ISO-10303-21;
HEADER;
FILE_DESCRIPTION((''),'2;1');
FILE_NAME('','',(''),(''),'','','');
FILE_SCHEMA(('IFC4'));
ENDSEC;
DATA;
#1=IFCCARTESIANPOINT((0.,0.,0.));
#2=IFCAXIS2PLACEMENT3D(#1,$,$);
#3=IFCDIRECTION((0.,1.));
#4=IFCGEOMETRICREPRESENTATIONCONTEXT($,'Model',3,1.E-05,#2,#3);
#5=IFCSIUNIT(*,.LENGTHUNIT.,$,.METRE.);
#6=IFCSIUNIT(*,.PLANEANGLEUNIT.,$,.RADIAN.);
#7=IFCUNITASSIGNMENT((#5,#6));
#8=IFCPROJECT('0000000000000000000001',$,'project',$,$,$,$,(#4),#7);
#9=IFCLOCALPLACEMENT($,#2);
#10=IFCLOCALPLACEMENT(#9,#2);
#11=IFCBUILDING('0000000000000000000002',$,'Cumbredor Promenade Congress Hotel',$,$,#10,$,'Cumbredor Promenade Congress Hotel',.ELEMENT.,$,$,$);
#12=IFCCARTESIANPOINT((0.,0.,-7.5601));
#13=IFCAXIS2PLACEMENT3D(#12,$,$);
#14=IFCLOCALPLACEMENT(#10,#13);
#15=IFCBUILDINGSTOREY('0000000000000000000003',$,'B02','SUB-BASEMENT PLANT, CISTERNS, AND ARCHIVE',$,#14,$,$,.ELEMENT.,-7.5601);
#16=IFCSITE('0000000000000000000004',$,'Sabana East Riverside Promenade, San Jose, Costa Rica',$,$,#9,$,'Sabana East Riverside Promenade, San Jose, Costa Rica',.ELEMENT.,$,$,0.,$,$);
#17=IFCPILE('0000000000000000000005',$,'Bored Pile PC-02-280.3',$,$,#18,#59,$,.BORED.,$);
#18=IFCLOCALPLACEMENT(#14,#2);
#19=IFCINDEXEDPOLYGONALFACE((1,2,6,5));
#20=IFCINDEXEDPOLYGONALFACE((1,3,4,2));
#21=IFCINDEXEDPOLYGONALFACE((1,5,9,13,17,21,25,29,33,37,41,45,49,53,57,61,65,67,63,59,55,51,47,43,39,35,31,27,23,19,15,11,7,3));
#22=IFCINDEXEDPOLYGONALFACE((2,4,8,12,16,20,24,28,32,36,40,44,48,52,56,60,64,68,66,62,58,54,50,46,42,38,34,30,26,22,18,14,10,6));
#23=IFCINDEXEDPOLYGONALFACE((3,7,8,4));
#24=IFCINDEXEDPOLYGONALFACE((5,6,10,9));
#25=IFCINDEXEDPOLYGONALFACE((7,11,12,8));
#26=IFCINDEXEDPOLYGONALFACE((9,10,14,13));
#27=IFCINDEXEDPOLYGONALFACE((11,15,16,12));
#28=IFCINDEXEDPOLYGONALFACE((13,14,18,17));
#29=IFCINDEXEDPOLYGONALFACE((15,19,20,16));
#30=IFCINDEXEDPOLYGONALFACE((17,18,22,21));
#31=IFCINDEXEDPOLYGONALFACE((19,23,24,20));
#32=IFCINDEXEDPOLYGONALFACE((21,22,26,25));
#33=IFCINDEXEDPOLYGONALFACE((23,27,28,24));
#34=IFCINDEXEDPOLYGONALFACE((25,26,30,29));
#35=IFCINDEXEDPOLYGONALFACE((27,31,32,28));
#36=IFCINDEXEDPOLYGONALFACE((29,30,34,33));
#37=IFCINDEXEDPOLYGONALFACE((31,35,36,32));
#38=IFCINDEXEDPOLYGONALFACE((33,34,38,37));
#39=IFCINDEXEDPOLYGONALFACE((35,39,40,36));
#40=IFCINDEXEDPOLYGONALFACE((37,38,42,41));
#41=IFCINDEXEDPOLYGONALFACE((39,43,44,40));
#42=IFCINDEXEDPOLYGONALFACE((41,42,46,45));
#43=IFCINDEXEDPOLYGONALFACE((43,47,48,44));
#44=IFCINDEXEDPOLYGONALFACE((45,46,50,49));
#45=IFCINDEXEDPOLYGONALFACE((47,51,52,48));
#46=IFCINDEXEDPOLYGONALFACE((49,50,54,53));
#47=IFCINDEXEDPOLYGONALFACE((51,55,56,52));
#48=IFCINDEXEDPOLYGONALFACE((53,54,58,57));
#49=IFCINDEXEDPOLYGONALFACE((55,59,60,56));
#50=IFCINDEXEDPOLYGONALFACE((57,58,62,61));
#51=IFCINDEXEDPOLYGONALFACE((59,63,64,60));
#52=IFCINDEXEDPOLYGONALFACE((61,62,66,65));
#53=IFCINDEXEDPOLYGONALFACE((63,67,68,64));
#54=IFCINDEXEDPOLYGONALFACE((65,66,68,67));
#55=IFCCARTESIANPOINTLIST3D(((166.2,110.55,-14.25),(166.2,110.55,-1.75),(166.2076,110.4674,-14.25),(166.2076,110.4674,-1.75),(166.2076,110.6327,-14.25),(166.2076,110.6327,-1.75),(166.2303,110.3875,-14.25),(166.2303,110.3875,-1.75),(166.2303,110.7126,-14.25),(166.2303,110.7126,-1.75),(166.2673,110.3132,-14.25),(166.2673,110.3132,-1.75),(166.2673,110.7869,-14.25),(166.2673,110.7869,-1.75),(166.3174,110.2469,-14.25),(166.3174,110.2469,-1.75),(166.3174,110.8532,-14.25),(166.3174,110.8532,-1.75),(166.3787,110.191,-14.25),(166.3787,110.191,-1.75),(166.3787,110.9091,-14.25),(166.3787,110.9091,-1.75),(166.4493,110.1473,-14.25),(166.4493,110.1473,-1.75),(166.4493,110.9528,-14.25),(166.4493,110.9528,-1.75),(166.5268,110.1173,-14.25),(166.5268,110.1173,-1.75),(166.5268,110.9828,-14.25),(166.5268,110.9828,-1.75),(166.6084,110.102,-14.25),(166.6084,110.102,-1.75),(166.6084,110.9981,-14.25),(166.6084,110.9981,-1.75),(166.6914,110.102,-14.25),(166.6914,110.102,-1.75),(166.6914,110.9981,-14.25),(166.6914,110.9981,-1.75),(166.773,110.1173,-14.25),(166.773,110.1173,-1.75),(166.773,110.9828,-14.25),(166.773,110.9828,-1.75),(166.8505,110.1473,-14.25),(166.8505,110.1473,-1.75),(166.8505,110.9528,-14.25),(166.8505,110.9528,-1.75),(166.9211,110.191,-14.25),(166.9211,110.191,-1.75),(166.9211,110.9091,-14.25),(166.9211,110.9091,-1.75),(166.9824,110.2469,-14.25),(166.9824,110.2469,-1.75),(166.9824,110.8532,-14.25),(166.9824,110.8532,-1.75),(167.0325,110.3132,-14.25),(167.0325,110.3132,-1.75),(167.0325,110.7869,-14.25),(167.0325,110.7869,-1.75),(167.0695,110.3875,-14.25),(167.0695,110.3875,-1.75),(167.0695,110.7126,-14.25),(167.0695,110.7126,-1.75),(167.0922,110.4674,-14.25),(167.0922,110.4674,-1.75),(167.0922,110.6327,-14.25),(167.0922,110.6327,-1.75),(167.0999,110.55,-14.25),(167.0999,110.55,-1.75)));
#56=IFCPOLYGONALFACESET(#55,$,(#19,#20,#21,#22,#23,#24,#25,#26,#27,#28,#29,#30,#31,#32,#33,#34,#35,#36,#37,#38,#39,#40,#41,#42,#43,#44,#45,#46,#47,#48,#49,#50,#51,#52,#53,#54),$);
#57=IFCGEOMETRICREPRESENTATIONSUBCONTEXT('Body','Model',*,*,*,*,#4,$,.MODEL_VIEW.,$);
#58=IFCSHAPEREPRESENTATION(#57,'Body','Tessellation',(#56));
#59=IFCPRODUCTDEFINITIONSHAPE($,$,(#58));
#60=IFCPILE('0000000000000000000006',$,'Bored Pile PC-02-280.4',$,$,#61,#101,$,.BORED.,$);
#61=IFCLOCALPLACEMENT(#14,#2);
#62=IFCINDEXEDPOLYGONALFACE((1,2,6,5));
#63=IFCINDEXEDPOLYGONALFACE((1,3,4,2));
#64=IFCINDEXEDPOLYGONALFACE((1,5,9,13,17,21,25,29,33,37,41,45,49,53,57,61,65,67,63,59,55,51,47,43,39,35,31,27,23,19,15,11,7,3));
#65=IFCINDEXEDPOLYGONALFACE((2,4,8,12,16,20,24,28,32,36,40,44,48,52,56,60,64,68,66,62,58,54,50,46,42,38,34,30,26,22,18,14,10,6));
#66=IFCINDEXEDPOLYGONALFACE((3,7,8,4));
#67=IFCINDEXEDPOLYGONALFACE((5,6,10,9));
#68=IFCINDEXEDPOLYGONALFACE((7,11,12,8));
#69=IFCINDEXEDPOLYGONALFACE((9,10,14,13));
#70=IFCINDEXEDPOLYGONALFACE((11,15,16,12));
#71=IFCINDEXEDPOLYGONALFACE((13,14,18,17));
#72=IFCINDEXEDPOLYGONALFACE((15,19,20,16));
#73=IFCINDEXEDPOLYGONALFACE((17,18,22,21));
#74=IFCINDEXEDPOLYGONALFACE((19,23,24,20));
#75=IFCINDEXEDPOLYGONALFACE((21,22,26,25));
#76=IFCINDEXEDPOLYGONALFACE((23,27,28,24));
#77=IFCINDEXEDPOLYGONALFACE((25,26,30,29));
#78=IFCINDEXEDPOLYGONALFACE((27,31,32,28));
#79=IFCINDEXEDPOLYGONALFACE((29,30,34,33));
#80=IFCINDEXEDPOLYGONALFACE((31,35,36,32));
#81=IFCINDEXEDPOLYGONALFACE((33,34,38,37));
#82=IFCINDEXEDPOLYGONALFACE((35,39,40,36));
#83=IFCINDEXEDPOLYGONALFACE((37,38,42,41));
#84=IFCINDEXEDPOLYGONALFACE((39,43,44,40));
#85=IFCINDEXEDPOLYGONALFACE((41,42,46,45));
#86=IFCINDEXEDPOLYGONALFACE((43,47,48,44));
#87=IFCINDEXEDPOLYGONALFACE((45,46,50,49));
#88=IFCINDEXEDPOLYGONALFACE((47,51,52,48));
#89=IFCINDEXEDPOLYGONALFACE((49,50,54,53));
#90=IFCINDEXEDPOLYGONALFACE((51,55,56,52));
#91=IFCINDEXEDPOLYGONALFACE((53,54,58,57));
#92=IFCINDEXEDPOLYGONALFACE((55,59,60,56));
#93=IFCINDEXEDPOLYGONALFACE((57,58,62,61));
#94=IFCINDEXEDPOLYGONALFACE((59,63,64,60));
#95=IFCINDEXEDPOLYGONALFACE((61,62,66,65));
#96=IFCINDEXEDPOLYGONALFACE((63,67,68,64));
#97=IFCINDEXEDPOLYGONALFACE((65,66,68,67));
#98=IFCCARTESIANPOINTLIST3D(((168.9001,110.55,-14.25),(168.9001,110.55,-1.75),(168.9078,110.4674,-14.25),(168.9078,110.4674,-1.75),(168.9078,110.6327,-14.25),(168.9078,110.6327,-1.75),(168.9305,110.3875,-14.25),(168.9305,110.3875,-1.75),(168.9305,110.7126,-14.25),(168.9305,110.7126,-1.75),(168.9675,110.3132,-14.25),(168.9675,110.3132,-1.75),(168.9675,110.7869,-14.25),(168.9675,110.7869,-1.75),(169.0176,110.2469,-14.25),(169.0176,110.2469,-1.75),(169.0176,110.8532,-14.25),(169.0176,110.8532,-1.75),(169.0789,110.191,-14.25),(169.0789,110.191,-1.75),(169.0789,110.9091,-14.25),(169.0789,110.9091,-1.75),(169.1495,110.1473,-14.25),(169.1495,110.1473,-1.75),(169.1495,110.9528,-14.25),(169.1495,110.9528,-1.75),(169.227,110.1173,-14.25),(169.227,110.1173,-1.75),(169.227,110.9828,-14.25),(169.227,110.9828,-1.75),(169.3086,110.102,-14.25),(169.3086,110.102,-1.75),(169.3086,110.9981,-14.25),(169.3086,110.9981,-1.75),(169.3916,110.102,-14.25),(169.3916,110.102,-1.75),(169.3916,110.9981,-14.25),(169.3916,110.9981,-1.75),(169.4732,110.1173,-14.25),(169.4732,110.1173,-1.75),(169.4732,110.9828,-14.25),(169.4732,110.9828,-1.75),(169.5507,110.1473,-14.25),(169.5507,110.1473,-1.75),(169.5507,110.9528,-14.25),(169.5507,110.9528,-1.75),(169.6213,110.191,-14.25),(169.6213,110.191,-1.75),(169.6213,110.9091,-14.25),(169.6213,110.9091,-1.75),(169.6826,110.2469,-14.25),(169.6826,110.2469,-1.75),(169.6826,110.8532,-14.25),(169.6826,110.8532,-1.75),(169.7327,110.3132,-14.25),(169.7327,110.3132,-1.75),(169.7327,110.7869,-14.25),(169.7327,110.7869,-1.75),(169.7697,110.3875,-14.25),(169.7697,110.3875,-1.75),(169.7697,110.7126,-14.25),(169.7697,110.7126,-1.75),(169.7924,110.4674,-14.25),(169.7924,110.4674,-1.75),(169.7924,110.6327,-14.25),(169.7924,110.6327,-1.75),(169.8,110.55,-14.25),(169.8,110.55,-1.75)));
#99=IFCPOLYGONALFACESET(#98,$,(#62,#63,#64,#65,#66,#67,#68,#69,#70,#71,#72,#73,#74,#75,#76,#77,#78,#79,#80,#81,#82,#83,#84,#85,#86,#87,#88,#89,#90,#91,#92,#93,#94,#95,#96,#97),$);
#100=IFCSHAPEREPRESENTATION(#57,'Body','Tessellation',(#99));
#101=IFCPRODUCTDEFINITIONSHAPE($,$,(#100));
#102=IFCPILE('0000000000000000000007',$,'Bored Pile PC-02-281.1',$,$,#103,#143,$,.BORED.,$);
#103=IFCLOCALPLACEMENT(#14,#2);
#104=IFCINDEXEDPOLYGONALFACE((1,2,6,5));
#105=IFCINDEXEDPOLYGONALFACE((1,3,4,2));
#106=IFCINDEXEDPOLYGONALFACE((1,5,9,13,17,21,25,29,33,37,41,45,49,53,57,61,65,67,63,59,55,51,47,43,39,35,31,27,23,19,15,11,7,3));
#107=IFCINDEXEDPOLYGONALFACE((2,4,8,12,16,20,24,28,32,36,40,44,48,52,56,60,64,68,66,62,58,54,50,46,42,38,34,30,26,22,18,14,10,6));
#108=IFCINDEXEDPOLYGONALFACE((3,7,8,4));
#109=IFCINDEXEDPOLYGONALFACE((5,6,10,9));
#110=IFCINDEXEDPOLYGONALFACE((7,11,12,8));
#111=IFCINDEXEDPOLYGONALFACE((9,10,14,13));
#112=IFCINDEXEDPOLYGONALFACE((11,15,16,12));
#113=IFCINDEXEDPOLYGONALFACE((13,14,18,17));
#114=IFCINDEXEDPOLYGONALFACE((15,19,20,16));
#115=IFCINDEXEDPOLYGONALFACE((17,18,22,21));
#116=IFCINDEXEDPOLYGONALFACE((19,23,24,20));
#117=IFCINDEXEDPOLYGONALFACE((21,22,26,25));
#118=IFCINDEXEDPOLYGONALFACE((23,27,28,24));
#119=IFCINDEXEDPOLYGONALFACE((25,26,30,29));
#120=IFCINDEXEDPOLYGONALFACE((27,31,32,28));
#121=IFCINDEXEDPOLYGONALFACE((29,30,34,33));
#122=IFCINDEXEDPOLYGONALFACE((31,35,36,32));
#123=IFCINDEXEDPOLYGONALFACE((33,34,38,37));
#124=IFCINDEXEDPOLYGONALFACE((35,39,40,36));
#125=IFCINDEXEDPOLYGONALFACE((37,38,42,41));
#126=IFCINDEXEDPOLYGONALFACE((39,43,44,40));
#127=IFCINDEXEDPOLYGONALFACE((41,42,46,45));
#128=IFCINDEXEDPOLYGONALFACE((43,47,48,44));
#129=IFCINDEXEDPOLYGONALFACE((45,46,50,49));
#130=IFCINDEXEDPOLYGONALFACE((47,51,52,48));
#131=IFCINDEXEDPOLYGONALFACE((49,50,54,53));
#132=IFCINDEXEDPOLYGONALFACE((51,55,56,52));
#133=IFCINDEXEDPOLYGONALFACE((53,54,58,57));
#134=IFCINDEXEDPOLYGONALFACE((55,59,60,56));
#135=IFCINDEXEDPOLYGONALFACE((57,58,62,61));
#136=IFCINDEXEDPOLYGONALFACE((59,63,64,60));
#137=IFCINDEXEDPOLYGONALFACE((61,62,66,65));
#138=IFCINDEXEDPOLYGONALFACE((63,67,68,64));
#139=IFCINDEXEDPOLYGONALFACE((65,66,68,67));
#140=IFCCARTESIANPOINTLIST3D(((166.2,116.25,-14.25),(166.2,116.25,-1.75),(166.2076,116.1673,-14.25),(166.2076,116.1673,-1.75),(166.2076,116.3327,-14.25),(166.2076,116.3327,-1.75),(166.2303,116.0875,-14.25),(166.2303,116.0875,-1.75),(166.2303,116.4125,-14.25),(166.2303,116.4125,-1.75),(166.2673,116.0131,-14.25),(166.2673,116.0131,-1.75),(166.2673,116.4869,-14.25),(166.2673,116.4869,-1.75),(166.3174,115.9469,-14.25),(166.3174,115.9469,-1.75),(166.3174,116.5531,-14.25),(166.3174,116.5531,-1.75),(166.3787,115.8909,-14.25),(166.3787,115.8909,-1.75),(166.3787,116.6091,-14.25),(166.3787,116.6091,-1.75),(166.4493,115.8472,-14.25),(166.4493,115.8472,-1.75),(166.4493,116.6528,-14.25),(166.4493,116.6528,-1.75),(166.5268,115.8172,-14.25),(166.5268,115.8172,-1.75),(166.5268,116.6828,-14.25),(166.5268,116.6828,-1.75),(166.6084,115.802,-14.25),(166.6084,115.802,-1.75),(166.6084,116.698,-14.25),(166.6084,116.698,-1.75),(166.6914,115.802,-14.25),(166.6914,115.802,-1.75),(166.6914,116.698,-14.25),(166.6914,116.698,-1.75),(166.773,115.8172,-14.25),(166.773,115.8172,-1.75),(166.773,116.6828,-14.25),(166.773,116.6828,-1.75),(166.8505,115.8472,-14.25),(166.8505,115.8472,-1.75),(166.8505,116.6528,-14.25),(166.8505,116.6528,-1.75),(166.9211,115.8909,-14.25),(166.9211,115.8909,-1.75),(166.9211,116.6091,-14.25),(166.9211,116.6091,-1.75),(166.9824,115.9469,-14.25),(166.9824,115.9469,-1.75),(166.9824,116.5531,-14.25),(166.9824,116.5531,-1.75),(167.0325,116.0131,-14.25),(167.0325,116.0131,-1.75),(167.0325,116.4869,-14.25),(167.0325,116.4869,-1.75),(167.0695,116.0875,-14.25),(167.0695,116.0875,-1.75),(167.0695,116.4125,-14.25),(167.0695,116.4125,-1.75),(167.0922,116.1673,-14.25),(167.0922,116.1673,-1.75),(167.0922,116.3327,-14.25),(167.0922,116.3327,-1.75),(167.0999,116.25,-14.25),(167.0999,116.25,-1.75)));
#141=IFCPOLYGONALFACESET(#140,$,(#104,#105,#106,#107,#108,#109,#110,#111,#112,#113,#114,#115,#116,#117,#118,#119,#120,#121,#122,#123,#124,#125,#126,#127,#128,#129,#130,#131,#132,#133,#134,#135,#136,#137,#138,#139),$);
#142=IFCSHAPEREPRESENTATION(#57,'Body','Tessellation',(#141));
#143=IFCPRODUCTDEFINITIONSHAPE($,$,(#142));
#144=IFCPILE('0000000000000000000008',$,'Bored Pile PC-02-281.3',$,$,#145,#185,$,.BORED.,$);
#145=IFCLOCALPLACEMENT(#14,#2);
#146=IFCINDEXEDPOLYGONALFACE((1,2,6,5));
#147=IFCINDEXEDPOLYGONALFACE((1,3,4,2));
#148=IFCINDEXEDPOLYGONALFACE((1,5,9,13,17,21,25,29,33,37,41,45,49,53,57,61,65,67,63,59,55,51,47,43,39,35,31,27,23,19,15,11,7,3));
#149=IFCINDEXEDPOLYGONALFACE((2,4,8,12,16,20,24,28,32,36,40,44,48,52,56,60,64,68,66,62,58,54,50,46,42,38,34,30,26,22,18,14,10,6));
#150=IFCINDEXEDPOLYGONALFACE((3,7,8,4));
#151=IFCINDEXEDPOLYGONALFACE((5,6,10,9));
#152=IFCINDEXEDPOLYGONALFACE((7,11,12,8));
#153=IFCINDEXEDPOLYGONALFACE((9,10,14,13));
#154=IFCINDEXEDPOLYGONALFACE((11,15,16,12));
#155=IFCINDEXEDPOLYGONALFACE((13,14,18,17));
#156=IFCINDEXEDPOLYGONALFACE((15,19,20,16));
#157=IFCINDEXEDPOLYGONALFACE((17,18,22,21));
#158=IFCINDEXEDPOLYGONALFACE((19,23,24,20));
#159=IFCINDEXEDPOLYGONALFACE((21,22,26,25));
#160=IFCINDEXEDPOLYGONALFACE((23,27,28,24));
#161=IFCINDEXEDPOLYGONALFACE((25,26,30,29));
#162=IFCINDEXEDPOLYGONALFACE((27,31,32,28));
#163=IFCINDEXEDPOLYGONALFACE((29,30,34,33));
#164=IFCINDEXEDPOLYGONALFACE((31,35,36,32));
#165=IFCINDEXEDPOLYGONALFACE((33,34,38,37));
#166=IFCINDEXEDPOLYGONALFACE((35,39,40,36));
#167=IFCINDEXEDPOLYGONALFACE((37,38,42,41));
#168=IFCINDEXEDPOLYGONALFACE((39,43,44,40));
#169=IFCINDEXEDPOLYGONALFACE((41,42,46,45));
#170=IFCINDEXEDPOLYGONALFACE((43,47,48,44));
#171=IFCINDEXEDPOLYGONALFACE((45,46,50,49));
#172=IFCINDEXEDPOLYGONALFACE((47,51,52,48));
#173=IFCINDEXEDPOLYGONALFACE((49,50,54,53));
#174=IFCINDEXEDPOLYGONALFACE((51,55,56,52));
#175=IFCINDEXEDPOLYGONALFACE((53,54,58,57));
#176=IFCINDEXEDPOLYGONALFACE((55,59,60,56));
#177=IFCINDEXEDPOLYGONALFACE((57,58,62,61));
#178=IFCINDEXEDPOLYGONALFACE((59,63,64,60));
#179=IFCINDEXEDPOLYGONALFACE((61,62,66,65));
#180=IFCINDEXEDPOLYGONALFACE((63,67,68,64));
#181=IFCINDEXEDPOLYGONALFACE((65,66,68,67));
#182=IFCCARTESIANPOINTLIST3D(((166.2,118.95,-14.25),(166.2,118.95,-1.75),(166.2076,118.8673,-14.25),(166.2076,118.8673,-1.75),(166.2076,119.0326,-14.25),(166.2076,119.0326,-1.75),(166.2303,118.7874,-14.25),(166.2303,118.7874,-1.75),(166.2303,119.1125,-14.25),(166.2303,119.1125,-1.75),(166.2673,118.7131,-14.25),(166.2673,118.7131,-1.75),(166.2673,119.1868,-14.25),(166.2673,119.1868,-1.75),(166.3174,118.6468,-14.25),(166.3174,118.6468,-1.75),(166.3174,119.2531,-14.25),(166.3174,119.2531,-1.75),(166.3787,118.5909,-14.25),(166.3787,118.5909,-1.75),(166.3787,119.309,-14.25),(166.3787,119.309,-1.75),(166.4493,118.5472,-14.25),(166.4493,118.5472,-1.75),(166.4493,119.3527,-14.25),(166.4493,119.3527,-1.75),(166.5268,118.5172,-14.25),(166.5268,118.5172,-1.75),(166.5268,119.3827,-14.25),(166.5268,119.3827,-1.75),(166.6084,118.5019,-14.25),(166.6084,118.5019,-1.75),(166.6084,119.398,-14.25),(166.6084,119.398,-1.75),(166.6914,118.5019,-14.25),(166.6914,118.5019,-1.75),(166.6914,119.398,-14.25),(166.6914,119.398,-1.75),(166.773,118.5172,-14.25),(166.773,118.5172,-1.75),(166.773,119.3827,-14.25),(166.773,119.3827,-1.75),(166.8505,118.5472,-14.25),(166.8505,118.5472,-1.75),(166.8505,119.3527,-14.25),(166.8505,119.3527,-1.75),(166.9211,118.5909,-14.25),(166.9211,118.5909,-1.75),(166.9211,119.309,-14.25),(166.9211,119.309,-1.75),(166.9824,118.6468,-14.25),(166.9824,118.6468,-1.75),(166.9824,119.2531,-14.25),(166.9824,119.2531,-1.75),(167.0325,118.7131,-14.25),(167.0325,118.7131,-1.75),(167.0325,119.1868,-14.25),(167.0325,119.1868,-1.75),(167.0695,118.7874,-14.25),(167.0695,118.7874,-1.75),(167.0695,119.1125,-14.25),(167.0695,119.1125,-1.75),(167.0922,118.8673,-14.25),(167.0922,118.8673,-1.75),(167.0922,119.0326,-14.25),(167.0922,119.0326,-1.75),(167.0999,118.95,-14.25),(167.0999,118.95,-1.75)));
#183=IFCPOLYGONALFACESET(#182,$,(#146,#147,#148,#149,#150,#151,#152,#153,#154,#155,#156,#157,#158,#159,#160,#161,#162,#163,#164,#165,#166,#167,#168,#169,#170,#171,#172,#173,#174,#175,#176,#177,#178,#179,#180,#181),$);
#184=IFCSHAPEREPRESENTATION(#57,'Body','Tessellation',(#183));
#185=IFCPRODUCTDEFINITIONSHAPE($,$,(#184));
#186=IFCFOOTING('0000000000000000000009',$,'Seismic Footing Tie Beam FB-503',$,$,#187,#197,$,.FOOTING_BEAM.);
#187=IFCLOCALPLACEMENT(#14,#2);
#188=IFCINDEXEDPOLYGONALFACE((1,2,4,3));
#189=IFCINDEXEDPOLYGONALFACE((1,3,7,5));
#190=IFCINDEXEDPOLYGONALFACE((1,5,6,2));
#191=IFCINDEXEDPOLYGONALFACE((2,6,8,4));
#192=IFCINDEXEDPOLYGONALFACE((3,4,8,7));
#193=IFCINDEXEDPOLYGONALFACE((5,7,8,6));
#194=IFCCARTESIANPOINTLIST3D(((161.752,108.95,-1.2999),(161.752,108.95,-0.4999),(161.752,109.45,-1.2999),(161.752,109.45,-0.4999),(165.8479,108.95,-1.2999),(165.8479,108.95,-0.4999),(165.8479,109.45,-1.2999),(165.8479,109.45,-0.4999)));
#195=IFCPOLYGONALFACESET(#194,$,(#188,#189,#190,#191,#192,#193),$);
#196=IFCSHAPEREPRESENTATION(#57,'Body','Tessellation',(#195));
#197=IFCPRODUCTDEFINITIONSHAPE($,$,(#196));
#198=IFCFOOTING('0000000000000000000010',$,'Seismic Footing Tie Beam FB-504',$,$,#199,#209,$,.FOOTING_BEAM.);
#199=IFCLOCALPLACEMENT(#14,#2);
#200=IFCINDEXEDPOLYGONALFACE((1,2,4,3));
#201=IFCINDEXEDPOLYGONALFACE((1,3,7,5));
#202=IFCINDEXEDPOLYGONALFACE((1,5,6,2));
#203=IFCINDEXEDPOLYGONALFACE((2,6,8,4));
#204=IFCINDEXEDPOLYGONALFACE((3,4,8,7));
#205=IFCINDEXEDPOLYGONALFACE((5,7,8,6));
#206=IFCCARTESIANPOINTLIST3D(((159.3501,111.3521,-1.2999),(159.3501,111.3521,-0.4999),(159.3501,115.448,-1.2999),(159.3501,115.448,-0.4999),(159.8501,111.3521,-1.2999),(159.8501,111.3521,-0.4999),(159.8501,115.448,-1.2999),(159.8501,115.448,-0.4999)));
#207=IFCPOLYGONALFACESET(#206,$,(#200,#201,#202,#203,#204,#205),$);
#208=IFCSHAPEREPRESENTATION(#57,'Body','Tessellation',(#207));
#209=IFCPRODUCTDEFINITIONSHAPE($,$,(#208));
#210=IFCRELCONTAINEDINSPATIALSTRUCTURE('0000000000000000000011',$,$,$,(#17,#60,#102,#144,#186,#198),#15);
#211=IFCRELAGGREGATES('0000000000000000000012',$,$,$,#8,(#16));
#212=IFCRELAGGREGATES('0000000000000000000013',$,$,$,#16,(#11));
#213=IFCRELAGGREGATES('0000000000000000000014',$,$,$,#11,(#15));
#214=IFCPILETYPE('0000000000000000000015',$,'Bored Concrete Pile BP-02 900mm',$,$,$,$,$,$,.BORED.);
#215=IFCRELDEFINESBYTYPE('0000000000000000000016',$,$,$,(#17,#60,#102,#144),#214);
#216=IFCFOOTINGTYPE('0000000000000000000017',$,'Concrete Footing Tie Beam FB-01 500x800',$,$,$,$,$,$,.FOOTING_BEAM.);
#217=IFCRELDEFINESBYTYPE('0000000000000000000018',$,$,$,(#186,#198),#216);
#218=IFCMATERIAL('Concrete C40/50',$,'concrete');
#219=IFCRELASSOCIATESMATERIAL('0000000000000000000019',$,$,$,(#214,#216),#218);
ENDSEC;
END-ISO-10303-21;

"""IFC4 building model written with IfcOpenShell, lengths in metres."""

from ifc_helpers import new_model, si_unit, direction, frame, origin, origin_2d, place, context, subcontext, project, spatial, rectangle, circle, extrude, material, material_profile, profile_set, type_object, element, save


model = new_model("IFC4")

# Units and contexts
model_context = context("Model", 3, precision=1e-05, world=origin(), true_north=direction((0.0, 1.0)))
body_context = subcontext(model_context, "Body", "Model", "MODEL_VIEW")
ifc_project = project(units=[si_unit("LENGTHUNIT", "METRE"), si_unit("PLANEANGLEUNIT", "RADIAN")], contexts=[model_context])

# Site, building, storey
site_placement = place(None, origin())
site = spatial("IfcSite", under=ifc_project, at=site_placement, Name="Sabana East Riverside Promenade, San Jose, Costa Rica", LongName="Sabana East Riverside Promenade, San Jose, Costa Rica", CompositionType="ELEMENT", RefElevation=0.0)
building_placement = place(site_placement, origin())
building = spatial("IfcBuilding", under=site, at=building_placement, Name="Cumbredor Promenade Congress Hotel", LongName="Cumbredor Promenade Congress Hotel", CompositionType="ELEMENT")
storey_placement = place(building_placement, frame((0.0, 0.0, -7.5601)))
storey = spatial("IfcBuildingStorey", under=building, at=storey_placement, Name="B02", Description="SUB-BASEMENT PLANT, CISTERNS, AND ARCHIVE", CompositionType="ELEMENT", Elevation=-7.5601)

# Piles
ifc_material_1 = material(Name="Concrete C40/50", Category="concrete")
ifc_material_profile_1 = material_profile(ifc_material_1, circle(Radius=0.45, at=origin_2d()), Name="PILE D900")
ifc_profile_set_1 = profile_set([ifc_material_profile_1], Name="Concrete C40/50")
pile_type = type_object("IfcPileType", Name="Bored Concrete Pile BP-02 900mm", PredefinedType="BORED", material=ifc_profile_set_1)
for number, where, z_axis, x_axis, name in (
    (1, (166.6499, 110.55, -1.75), (0.0, 0.0, -1.0), (1.0, 0.0, 0.0), "Bored Pile PC-02-280.3"),
    (2, (169.3501, 110.55, -1.75), (0.0, 0.0, -1.0), (1.0, 0.0, 0.0), "Bored Pile PC-02-280.4"),
    (3, (166.6499, 116.25, -1.75), (0.0, 0.0, -1.0), (1.0, 0.0, 0.0), "Bored Pile PC-02-281.1"),
    (4, (166.6499, 118.95, -1.75), (0.0, 0.0, -1.0), (1.0, 0.0, 0.0), "Bored Pile PC-02-281.3"),
):
    element("IfcPile", number, at=place(storey_placement, frame(where, z_axis=z_axis, x_axis=x_axis)), inside=storey, type_object=pile_type, Name=name, PredefinedType="BORED", context=body_context, shape_type="SweptSolid", body=[
        extrude(circle(Radius=0.45, at=origin_2d()), origin(), (0.0, 0.0, 1.0), 12.5),
    ])

# Footings
ifc_material_profile_2 = material_profile(ifc_material_1, rectangle(XDim=0.5, YDim=0.8, at=origin_2d()), Name="FB 500x800")
ifc_profile_set_2 = profile_set([ifc_material_profile_2], Name="Concrete C40/50")
footing_type_1 = type_object("IfcFootingType", Name="Concrete Footing Tie Beam FB-01 500x800", PredefinedType="FOOTING_BEAM", material=ifc_profile_set_2)
for number, where, z_axis, x_axis, name in (
    (5, (161.752, 109.2, -0.8999), (1.0, 0.0, 0.0), (0.0, 1.0, 0.0), "Seismic Footing Tie Beam FB-503"),
    (6, (159.6001, 111.3521, -0.8999), (0.0, 1.0, 0.0), (-1.0, 0.0, 0.0), "Seismic Footing Tie Beam FB-504"),
):
    element("IfcFooting", number, at=place(storey_placement, frame(where, z_axis=z_axis, x_axis=x_axis)), inside=storey, type_object=footing_type_1, Name=name, PredefinedType="FOOTING_BEAM", context=body_context, shape_type="SweptSolid", body=[
        extrude(rectangle(XDim=0.5, YDim=0.8, at=origin_2d()), origin(), (0.0, 0.0, 1.0), 4.0959),
    ])

save(model, "model.ifc")
